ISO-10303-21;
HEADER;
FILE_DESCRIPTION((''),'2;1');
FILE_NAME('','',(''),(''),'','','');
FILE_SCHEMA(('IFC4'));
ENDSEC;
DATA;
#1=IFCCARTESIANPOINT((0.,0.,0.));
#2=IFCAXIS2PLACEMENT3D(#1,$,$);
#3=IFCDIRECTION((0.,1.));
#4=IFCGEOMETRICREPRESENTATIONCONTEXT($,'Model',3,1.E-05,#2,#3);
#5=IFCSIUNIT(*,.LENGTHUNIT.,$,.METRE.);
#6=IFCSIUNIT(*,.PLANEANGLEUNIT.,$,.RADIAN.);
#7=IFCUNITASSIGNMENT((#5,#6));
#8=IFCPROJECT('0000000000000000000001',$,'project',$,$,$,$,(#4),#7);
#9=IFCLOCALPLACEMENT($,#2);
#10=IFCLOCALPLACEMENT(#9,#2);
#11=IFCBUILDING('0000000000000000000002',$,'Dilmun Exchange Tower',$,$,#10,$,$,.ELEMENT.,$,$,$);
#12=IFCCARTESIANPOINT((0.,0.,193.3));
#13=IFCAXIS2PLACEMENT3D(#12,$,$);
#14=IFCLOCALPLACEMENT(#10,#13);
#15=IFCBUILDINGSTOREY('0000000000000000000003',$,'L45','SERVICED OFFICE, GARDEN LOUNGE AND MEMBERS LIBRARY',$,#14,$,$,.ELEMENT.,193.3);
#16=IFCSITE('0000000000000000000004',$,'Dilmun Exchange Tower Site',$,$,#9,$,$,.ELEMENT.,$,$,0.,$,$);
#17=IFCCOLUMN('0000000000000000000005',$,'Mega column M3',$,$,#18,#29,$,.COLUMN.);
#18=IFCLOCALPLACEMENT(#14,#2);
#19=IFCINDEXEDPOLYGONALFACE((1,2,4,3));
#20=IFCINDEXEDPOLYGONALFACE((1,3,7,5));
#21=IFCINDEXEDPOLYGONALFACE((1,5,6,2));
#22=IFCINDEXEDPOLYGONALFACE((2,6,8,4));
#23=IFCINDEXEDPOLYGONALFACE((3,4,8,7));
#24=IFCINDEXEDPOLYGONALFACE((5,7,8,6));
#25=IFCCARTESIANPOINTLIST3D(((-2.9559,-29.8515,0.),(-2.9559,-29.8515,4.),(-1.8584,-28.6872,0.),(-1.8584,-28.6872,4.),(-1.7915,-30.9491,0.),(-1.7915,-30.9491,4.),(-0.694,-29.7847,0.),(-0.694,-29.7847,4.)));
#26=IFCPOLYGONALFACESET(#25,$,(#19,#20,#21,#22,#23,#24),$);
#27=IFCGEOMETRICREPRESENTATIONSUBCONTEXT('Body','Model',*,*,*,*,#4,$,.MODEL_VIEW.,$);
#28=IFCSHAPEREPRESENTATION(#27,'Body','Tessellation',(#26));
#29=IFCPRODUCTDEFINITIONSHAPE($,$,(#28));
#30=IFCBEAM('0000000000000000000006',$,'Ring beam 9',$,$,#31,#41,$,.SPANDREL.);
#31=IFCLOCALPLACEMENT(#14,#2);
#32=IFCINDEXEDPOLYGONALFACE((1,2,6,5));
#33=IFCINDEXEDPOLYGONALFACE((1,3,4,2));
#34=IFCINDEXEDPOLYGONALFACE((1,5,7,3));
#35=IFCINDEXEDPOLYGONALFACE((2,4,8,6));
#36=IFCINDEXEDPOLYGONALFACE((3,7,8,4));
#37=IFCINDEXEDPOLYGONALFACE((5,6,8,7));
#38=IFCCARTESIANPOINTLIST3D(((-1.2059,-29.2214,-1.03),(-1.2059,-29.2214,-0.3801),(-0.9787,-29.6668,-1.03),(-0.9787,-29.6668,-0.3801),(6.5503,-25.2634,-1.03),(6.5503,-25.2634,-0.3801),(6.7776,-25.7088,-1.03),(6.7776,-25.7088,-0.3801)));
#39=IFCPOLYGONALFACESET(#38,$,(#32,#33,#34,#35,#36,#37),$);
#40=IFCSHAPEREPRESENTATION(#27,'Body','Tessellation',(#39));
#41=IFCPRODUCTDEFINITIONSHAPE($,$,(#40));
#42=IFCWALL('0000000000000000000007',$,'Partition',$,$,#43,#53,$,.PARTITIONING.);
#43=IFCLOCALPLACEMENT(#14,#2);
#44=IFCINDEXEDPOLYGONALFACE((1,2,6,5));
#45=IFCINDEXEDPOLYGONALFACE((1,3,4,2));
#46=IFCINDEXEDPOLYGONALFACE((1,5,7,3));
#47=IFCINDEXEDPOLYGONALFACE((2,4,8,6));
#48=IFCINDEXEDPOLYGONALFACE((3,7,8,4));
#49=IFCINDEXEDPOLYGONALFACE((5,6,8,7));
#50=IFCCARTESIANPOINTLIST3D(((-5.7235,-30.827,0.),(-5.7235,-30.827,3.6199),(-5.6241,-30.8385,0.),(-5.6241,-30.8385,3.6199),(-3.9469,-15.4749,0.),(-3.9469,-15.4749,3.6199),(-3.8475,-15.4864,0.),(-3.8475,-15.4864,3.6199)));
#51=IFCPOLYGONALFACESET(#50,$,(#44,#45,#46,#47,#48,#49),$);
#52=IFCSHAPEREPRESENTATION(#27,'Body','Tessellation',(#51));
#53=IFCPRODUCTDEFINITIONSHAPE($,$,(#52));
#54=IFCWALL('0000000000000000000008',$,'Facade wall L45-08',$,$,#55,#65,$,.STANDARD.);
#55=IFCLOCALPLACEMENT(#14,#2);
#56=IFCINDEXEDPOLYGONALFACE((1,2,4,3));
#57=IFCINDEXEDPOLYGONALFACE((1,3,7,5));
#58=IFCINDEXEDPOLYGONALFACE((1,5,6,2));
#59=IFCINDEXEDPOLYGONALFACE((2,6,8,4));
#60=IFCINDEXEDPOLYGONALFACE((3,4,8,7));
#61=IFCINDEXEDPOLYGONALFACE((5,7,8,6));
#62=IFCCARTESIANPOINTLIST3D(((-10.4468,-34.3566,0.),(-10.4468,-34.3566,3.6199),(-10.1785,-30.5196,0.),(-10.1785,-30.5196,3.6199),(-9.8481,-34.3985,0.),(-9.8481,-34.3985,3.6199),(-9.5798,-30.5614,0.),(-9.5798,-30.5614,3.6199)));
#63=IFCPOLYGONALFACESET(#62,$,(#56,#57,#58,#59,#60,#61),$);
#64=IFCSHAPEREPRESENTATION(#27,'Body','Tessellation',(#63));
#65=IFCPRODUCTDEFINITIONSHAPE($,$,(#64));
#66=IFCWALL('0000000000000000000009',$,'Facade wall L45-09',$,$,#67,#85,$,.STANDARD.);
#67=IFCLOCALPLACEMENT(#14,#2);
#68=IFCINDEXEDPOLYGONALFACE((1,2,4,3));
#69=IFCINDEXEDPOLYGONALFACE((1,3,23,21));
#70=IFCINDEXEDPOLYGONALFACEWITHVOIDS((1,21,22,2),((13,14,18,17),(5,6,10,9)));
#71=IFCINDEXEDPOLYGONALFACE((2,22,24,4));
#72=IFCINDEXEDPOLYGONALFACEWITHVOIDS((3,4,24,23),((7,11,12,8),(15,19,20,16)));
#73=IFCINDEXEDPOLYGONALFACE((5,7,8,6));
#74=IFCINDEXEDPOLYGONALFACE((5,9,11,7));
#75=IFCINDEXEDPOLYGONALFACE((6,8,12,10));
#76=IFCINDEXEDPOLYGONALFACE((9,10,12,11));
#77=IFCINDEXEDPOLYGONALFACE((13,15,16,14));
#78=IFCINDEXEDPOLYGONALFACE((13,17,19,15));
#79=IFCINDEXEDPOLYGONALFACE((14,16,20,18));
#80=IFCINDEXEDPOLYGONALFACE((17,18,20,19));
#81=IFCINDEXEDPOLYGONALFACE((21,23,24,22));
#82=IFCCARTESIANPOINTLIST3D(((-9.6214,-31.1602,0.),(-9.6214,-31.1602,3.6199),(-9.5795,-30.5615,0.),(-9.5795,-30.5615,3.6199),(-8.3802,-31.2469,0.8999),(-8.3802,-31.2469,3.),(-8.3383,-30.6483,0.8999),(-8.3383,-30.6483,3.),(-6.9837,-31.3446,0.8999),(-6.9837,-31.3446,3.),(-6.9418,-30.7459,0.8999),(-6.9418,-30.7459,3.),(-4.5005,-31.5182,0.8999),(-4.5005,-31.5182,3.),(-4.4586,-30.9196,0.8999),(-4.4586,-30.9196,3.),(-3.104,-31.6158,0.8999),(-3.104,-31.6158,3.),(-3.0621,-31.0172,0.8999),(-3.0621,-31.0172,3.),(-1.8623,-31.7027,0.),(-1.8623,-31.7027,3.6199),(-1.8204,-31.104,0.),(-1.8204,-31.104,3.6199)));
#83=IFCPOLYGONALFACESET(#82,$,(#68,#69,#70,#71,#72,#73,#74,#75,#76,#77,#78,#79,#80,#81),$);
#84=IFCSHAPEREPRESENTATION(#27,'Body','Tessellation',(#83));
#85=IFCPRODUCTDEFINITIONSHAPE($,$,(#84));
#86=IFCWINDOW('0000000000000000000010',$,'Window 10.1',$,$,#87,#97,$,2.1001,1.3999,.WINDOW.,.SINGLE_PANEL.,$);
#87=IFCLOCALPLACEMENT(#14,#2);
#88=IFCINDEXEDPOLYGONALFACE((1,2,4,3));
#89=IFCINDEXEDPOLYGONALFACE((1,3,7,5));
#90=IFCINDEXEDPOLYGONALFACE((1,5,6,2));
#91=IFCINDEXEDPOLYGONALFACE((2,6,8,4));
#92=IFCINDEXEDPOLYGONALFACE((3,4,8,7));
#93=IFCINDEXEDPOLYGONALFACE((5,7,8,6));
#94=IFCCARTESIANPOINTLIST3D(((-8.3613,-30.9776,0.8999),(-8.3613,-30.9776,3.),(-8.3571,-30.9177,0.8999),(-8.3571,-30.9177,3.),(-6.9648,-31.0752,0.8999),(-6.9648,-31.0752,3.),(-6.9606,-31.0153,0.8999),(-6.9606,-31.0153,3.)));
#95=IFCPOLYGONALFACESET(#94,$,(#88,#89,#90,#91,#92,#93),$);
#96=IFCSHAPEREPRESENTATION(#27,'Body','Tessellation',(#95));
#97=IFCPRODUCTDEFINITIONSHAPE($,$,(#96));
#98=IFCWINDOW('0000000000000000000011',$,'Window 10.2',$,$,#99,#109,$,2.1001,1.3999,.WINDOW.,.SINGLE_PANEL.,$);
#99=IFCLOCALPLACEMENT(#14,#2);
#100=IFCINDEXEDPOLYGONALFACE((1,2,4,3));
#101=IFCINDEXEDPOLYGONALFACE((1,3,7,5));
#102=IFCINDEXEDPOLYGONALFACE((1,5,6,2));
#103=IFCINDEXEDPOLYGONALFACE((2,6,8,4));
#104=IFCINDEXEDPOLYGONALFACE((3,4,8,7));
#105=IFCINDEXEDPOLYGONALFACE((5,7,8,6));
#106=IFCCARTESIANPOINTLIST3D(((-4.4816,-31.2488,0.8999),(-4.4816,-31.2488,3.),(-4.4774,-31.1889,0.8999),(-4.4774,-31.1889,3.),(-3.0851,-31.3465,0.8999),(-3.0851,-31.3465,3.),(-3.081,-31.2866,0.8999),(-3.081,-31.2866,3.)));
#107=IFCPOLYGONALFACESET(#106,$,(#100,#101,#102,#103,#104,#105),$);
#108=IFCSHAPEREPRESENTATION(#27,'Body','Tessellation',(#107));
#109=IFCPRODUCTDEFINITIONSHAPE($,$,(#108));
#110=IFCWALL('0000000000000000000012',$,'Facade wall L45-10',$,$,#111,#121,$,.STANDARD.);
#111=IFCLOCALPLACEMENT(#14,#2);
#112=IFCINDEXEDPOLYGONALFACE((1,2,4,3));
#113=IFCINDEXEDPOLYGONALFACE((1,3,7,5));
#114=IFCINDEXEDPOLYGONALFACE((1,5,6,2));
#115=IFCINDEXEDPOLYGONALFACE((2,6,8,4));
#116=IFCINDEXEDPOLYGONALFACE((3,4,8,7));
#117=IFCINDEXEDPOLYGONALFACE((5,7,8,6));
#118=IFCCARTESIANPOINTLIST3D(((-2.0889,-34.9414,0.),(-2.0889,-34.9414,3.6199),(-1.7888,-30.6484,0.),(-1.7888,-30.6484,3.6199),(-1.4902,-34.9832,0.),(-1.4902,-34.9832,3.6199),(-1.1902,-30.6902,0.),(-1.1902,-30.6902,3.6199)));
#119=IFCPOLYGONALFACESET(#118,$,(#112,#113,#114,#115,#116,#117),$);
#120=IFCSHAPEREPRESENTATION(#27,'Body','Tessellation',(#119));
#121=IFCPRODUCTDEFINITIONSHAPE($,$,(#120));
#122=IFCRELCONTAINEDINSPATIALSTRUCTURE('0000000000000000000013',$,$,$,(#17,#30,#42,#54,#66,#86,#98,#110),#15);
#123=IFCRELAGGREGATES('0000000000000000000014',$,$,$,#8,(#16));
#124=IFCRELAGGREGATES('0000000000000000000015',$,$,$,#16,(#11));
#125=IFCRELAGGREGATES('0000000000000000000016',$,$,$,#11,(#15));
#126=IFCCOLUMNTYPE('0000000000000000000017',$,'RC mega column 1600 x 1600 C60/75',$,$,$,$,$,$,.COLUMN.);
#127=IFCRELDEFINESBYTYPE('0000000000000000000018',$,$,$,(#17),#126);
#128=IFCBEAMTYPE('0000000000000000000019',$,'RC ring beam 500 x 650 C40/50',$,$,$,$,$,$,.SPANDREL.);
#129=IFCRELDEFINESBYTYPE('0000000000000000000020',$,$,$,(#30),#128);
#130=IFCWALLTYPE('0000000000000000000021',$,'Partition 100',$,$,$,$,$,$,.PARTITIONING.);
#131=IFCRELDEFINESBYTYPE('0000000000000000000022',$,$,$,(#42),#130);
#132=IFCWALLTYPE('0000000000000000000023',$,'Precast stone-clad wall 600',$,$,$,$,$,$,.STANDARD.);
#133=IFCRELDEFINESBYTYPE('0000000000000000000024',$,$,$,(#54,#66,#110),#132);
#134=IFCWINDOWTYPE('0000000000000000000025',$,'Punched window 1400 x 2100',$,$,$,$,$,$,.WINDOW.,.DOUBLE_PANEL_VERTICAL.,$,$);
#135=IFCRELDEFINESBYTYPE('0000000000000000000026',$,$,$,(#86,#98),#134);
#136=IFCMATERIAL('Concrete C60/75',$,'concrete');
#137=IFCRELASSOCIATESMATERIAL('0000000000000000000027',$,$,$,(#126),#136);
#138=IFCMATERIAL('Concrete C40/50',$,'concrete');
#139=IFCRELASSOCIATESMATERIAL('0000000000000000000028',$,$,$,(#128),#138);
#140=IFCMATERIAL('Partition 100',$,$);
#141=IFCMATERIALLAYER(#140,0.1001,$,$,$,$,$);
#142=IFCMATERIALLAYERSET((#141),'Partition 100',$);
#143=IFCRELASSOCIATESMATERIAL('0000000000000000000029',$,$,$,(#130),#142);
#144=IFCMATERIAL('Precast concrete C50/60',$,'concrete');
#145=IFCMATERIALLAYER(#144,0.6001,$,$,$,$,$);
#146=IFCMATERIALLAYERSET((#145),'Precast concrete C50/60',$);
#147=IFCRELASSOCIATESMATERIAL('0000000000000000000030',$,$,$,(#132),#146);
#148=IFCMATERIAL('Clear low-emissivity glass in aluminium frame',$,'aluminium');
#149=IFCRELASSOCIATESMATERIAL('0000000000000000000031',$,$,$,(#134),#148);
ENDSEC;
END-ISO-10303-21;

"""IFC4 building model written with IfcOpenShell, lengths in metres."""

from ifc_helpers import new_model, si_unit, direction, frame, frame_2d, origin, origin_2d, place, context, subcontext, project, spatial, rectangle, extrude, material, layer, layer_set, material_profile, profile_set, type_object, element, fill, save


model = new_model("IFC4")

# Units and contexts
model_context = context("Model", 3, precision=1e-05, world=origin(), true_north=direction((0.0, 1.0)))
body_context = subcontext(model_context, "Body", "Model", "MODEL_VIEW")
ifc_project = project(units=[si_unit("LENGTHUNIT", "METRE"), si_unit("PLANEANGLEUNIT", "RADIAN")], contexts=[model_context])

# Site, building, storey
site_placement = place(None, origin())
site = spatial("IfcSite", under=ifc_project, at=site_placement, Name="Dilmun Exchange Tower Site", CompositionType="ELEMENT", RefElevation=0.0)
building_placement = place(site_placement, origin())
building = spatial("IfcBuilding", under=site, at=building_placement, Name="Dilmun Exchange Tower", CompositionType="ELEMENT")
storey_placement = place(building_placement, frame((0.0, 0.0, 193.3)))
storey = spatial("IfcBuildingStorey", under=building, at=storey_placement, Name="L45", Description="SERVICED OFFICE, GARDEN LOUNGE AND MEMBERS LIBRARY", CompositionType="ELEMENT", Elevation=193.3)

# Column
ifc_material_1 = material(Name="Concrete C60/75", Category="concrete")
ifc_material_profile_1 = material_profile(ifc_material_1, rectangle(XDim=1.6001, YDim=1.6001, at=origin_2d()), Name="1600 x 1600")
ifc_profile_set_1 = profile_set([ifc_material_profile_1], Name="Concrete C60/75")
column_type = type_object("IfcColumnType", Name="RC mega column 1600 x 1600 C60/75", PredefinedType="COLUMN", material=ifc_profile_set_1)
column_placement = place(storey_placement, frame((-1.825, -29.8181, 0.0), z_axis=(0.0, 0.0, 1.0), x_axis=(0.685916, 0.727681, 0.0)))
element("IfcColumn", 1, at=column_placement, inside=storey, type_object=column_type, Name="Mega column M3", PredefinedType="COLUMN", context=body_context, shape_type="SweptSolid", body=[
    extrude(rectangle(XDim=1.6001, YDim=1.6001, at=origin_2d()), origin(), (0.0, 0.0, 1.0), 4.0),
])

# Beam
ifc_material_2 = material(Name="Concrete C40/50", Category="concrete")
ifc_material_profile_2 = material_profile(ifc_material_2, rectangle(XDim=0.5, YDim=0.6499, at=origin_2d()), Name="500 x 650")
ifc_profile_set_2 = profile_set([ifc_material_profile_2], Name="Concrete C40/50")
beam_type = type_object("IfcBeamType", Name="RC ring beam 500 x 650 C40/50", PredefinedType="SPANDREL", material=ifc_profile_set_2)
beam_placement = place(storey_placement, frame((-1.0923, -29.4441, -0.7051), z_axis=(0.89073, 0.454533, 0.0), x_axis=(-0.454533, 0.89073, 0.0)))
element("IfcBeam", 2, at=beam_placement, inside=storey, type_object=beam_type, Name="Ring beam 9", PredefinedType="SPANDREL", context=body_context, shape_type="SweptSolid", body=[
    extrude(rectangle(XDim=0.5, YDim=0.6499, at=origin_2d()), origin(), (0.0, 0.0, 1.0), 8.7078),
])

# Walls
ifc_material_3 = material(Name="Partition 100")
ifc_layer_1 = layer(ifc_material_3, 0.1001)
ifc_layer_set_1 = layer_set([ifc_layer_1], Name="Partition 100")
wall_type_1 = type_object("IfcWallType", Name="Partition 100", PredefinedType="PARTITIONING", material=ifc_layer_set_1)
wall_1_placement = place(storey_placement, frame((-5.6738, -30.8328, 0.0), z_axis=(0.0, 0.0, 1.0), x_axis=(0.114957, 0.99337, 0.0)))
element("IfcWall", 3, at=wall_1_placement, inside=storey, type_object=wall_type_1, Name="Partition", PredefinedType="PARTITIONING", context=body_context, shape_type="SweptSolid", body=[
    extrude(rectangle(XDim=15.4546, YDim=0.1001, at=frame_2d((7.7273, 0.0))), origin(), (0.0, 0.0, 1.0), 3.6199),
])
ifc_material_4 = material(Name="Precast concrete C50/60", Category="concrete")
ifc_layer_2 = layer(ifc_material_4, 0.6001)
ifc_layer_set_2 = layer_set([ifc_layer_2], Name="Precast concrete C50/60")
wall_type_2 = type_object("IfcWallType", Name="Precast stone-clad wall 600", PredefinedType="STANDARD", material=ifc_layer_set_2)
wall_2_placement = place(storey_placement, frame((-10.1475, -34.3777, 0.0), z_axis=(0.0, 0.0, 1.0), x_axis=(0.069754, 0.997564, 0.0)))
element("IfcWall", 4, at=wall_2_placement, inside=storey, type_object=wall_type_2, Name="Facade wall L45-08", PredefinedType="STANDARD", context=body_context, shape_type="SweptSolid", body=[
    extrude(rectangle(XDim=3.8464, YDim=0.6001, at=frame_2d((1.9233, 0.0))), origin(), (0.0, 0.0, 1.0), 3.6199),
])

# Wall, openings, windows
wall_3_placement = place(storey_placement, frame((-9.6006, -30.8608, 0.0), z_axis=(0.0, 0.0, 1.0), x_axis=(0.997565, -0.069746, 0.0)))
wall_3 = element("IfcWall", 5, at=wall_3_placement, inside=storey, type_object=wall_type_2, Name="Facade wall L45-09", PredefinedType="STANDARD", context=body_context, shape_type="SweptSolid", body=[
    extrude(rectangle(XDim=7.7781, YDim=0.6001, at=frame_2d((3.8892, 0.0))), origin(), (0.0, 0.0, 1.0), 3.6199),
])
opening_1_placement = place(wall_3_placement, frame((1.2444, 0.0, 0.8999)))
opening_1 = element("IfcOpeningElement", 6, at=opening_1_placement, cuts=wall_3, PredefinedType="OPENING", context=body_context, shape_type="SweptSolid", body=[
    extrude(rectangle(XDim=1.3999, YDim=2.1001, at=frame_2d((0.7, 1.05))), frame((0.0, 0.3101, 0.0), z_axis=(0.0, -1.0, 0.0), x_axis=(1.0, 0.0, 0.0)), (0.0, 0.0, 1.0), 0.6201),
])
opening_2_placement = place(wall_3_placement, frame((5.1335, 0.0, 0.8999)))
opening_2 = element("IfcOpeningElement", 7, at=opening_2_placement, cuts=wall_3, PredefinedType="OPENING", context=body_context, shape_type="SweptSolid", body=[
    extrude(rectangle(XDim=1.3999, YDim=2.1001, at=frame_2d((0.7, 1.05))), frame((0.0, 0.3101, 0.0), z_axis=(0.0, -1.0, 0.0), x_axis=(1.0, 0.0, 0.0)), (0.0, 0.0, 1.0), 0.6201),
])
ifc_material_5 = material(Name="Clear low-emissivity glass in aluminium frame", Category="aluminium")
window_type_1 = type_object("IfcWindowType", Name="Punched window 1400 x 2100", PartitioningType="DOUBLE_PANEL_VERTICAL", PredefinedType="WINDOW", material=ifc_material_5)
window_1_placement = place(opening_1_placement, origin())
window_1 = element("IfcWindow", 8, at=window_1_placement, inside=storey, type_object=window_type_1, Name="Window 10.1", OverallHeight=2.1001, OverallWidth=1.3999, PartitioningType="SINGLE_PANEL", PredefinedType="WINDOW", context=body_context, shape_type="SweptSolid", body=[
    extrude(rectangle(XDim=1.3999, YDim=2.1001, at=frame_2d((0.7, 1.05))), frame((0.0, 0.03, 0.0), z_axis=(0.0, -1.0, 0.0), x_axis=(1.0, 0.0, 0.0)), (0.0, 0.0, 1.0), 0.0601),
])
fill(opening_1, window_1)
window_2_placement = place(opening_2_placement, origin())
window_2 = element("IfcWindow", 9, at=window_2_placement, inside=storey, type_object=window_type_1, Name="Window 10.2", OverallHeight=2.1001, OverallWidth=1.3999, PartitioningType="SINGLE_PANEL", PredefinedType="WINDOW", context=body_context, shape_type="SweptSolid", body=[
    extrude(rectangle(XDim=1.3999, YDim=2.1001, at=frame_2d((0.7, 1.05))), frame((0.0, 0.03, 0.0), z_axis=(0.0, -1.0, 0.0), x_axis=(1.0, 0.0, 0.0)), (0.0, 0.0, 1.0), 0.0601),
])
fill(opening_2, window_2)

# Wall
wall_4_placement = place(storey_placement, frame((-1.4895, -30.6692, 0.0), z_axis=(0.0, 0.0, 1.0), x_axis=(-0.069723, -0.997566, 0.0)))
element("IfcWall", 10, at=wall_4_placement, inside=storey, type_object=wall_type_2, Name="Facade wall L45-10", PredefinedType="STANDARD", context=body_context, shape_type="SweptSolid", body=[
    extrude(rectangle(XDim=4.3035, YDim=0.6001, at=frame_2d((2.1519, 0.0))), origin(), (0.0, 0.0, 1.0), 3.6199),
])

save(model, "model.ifc")
